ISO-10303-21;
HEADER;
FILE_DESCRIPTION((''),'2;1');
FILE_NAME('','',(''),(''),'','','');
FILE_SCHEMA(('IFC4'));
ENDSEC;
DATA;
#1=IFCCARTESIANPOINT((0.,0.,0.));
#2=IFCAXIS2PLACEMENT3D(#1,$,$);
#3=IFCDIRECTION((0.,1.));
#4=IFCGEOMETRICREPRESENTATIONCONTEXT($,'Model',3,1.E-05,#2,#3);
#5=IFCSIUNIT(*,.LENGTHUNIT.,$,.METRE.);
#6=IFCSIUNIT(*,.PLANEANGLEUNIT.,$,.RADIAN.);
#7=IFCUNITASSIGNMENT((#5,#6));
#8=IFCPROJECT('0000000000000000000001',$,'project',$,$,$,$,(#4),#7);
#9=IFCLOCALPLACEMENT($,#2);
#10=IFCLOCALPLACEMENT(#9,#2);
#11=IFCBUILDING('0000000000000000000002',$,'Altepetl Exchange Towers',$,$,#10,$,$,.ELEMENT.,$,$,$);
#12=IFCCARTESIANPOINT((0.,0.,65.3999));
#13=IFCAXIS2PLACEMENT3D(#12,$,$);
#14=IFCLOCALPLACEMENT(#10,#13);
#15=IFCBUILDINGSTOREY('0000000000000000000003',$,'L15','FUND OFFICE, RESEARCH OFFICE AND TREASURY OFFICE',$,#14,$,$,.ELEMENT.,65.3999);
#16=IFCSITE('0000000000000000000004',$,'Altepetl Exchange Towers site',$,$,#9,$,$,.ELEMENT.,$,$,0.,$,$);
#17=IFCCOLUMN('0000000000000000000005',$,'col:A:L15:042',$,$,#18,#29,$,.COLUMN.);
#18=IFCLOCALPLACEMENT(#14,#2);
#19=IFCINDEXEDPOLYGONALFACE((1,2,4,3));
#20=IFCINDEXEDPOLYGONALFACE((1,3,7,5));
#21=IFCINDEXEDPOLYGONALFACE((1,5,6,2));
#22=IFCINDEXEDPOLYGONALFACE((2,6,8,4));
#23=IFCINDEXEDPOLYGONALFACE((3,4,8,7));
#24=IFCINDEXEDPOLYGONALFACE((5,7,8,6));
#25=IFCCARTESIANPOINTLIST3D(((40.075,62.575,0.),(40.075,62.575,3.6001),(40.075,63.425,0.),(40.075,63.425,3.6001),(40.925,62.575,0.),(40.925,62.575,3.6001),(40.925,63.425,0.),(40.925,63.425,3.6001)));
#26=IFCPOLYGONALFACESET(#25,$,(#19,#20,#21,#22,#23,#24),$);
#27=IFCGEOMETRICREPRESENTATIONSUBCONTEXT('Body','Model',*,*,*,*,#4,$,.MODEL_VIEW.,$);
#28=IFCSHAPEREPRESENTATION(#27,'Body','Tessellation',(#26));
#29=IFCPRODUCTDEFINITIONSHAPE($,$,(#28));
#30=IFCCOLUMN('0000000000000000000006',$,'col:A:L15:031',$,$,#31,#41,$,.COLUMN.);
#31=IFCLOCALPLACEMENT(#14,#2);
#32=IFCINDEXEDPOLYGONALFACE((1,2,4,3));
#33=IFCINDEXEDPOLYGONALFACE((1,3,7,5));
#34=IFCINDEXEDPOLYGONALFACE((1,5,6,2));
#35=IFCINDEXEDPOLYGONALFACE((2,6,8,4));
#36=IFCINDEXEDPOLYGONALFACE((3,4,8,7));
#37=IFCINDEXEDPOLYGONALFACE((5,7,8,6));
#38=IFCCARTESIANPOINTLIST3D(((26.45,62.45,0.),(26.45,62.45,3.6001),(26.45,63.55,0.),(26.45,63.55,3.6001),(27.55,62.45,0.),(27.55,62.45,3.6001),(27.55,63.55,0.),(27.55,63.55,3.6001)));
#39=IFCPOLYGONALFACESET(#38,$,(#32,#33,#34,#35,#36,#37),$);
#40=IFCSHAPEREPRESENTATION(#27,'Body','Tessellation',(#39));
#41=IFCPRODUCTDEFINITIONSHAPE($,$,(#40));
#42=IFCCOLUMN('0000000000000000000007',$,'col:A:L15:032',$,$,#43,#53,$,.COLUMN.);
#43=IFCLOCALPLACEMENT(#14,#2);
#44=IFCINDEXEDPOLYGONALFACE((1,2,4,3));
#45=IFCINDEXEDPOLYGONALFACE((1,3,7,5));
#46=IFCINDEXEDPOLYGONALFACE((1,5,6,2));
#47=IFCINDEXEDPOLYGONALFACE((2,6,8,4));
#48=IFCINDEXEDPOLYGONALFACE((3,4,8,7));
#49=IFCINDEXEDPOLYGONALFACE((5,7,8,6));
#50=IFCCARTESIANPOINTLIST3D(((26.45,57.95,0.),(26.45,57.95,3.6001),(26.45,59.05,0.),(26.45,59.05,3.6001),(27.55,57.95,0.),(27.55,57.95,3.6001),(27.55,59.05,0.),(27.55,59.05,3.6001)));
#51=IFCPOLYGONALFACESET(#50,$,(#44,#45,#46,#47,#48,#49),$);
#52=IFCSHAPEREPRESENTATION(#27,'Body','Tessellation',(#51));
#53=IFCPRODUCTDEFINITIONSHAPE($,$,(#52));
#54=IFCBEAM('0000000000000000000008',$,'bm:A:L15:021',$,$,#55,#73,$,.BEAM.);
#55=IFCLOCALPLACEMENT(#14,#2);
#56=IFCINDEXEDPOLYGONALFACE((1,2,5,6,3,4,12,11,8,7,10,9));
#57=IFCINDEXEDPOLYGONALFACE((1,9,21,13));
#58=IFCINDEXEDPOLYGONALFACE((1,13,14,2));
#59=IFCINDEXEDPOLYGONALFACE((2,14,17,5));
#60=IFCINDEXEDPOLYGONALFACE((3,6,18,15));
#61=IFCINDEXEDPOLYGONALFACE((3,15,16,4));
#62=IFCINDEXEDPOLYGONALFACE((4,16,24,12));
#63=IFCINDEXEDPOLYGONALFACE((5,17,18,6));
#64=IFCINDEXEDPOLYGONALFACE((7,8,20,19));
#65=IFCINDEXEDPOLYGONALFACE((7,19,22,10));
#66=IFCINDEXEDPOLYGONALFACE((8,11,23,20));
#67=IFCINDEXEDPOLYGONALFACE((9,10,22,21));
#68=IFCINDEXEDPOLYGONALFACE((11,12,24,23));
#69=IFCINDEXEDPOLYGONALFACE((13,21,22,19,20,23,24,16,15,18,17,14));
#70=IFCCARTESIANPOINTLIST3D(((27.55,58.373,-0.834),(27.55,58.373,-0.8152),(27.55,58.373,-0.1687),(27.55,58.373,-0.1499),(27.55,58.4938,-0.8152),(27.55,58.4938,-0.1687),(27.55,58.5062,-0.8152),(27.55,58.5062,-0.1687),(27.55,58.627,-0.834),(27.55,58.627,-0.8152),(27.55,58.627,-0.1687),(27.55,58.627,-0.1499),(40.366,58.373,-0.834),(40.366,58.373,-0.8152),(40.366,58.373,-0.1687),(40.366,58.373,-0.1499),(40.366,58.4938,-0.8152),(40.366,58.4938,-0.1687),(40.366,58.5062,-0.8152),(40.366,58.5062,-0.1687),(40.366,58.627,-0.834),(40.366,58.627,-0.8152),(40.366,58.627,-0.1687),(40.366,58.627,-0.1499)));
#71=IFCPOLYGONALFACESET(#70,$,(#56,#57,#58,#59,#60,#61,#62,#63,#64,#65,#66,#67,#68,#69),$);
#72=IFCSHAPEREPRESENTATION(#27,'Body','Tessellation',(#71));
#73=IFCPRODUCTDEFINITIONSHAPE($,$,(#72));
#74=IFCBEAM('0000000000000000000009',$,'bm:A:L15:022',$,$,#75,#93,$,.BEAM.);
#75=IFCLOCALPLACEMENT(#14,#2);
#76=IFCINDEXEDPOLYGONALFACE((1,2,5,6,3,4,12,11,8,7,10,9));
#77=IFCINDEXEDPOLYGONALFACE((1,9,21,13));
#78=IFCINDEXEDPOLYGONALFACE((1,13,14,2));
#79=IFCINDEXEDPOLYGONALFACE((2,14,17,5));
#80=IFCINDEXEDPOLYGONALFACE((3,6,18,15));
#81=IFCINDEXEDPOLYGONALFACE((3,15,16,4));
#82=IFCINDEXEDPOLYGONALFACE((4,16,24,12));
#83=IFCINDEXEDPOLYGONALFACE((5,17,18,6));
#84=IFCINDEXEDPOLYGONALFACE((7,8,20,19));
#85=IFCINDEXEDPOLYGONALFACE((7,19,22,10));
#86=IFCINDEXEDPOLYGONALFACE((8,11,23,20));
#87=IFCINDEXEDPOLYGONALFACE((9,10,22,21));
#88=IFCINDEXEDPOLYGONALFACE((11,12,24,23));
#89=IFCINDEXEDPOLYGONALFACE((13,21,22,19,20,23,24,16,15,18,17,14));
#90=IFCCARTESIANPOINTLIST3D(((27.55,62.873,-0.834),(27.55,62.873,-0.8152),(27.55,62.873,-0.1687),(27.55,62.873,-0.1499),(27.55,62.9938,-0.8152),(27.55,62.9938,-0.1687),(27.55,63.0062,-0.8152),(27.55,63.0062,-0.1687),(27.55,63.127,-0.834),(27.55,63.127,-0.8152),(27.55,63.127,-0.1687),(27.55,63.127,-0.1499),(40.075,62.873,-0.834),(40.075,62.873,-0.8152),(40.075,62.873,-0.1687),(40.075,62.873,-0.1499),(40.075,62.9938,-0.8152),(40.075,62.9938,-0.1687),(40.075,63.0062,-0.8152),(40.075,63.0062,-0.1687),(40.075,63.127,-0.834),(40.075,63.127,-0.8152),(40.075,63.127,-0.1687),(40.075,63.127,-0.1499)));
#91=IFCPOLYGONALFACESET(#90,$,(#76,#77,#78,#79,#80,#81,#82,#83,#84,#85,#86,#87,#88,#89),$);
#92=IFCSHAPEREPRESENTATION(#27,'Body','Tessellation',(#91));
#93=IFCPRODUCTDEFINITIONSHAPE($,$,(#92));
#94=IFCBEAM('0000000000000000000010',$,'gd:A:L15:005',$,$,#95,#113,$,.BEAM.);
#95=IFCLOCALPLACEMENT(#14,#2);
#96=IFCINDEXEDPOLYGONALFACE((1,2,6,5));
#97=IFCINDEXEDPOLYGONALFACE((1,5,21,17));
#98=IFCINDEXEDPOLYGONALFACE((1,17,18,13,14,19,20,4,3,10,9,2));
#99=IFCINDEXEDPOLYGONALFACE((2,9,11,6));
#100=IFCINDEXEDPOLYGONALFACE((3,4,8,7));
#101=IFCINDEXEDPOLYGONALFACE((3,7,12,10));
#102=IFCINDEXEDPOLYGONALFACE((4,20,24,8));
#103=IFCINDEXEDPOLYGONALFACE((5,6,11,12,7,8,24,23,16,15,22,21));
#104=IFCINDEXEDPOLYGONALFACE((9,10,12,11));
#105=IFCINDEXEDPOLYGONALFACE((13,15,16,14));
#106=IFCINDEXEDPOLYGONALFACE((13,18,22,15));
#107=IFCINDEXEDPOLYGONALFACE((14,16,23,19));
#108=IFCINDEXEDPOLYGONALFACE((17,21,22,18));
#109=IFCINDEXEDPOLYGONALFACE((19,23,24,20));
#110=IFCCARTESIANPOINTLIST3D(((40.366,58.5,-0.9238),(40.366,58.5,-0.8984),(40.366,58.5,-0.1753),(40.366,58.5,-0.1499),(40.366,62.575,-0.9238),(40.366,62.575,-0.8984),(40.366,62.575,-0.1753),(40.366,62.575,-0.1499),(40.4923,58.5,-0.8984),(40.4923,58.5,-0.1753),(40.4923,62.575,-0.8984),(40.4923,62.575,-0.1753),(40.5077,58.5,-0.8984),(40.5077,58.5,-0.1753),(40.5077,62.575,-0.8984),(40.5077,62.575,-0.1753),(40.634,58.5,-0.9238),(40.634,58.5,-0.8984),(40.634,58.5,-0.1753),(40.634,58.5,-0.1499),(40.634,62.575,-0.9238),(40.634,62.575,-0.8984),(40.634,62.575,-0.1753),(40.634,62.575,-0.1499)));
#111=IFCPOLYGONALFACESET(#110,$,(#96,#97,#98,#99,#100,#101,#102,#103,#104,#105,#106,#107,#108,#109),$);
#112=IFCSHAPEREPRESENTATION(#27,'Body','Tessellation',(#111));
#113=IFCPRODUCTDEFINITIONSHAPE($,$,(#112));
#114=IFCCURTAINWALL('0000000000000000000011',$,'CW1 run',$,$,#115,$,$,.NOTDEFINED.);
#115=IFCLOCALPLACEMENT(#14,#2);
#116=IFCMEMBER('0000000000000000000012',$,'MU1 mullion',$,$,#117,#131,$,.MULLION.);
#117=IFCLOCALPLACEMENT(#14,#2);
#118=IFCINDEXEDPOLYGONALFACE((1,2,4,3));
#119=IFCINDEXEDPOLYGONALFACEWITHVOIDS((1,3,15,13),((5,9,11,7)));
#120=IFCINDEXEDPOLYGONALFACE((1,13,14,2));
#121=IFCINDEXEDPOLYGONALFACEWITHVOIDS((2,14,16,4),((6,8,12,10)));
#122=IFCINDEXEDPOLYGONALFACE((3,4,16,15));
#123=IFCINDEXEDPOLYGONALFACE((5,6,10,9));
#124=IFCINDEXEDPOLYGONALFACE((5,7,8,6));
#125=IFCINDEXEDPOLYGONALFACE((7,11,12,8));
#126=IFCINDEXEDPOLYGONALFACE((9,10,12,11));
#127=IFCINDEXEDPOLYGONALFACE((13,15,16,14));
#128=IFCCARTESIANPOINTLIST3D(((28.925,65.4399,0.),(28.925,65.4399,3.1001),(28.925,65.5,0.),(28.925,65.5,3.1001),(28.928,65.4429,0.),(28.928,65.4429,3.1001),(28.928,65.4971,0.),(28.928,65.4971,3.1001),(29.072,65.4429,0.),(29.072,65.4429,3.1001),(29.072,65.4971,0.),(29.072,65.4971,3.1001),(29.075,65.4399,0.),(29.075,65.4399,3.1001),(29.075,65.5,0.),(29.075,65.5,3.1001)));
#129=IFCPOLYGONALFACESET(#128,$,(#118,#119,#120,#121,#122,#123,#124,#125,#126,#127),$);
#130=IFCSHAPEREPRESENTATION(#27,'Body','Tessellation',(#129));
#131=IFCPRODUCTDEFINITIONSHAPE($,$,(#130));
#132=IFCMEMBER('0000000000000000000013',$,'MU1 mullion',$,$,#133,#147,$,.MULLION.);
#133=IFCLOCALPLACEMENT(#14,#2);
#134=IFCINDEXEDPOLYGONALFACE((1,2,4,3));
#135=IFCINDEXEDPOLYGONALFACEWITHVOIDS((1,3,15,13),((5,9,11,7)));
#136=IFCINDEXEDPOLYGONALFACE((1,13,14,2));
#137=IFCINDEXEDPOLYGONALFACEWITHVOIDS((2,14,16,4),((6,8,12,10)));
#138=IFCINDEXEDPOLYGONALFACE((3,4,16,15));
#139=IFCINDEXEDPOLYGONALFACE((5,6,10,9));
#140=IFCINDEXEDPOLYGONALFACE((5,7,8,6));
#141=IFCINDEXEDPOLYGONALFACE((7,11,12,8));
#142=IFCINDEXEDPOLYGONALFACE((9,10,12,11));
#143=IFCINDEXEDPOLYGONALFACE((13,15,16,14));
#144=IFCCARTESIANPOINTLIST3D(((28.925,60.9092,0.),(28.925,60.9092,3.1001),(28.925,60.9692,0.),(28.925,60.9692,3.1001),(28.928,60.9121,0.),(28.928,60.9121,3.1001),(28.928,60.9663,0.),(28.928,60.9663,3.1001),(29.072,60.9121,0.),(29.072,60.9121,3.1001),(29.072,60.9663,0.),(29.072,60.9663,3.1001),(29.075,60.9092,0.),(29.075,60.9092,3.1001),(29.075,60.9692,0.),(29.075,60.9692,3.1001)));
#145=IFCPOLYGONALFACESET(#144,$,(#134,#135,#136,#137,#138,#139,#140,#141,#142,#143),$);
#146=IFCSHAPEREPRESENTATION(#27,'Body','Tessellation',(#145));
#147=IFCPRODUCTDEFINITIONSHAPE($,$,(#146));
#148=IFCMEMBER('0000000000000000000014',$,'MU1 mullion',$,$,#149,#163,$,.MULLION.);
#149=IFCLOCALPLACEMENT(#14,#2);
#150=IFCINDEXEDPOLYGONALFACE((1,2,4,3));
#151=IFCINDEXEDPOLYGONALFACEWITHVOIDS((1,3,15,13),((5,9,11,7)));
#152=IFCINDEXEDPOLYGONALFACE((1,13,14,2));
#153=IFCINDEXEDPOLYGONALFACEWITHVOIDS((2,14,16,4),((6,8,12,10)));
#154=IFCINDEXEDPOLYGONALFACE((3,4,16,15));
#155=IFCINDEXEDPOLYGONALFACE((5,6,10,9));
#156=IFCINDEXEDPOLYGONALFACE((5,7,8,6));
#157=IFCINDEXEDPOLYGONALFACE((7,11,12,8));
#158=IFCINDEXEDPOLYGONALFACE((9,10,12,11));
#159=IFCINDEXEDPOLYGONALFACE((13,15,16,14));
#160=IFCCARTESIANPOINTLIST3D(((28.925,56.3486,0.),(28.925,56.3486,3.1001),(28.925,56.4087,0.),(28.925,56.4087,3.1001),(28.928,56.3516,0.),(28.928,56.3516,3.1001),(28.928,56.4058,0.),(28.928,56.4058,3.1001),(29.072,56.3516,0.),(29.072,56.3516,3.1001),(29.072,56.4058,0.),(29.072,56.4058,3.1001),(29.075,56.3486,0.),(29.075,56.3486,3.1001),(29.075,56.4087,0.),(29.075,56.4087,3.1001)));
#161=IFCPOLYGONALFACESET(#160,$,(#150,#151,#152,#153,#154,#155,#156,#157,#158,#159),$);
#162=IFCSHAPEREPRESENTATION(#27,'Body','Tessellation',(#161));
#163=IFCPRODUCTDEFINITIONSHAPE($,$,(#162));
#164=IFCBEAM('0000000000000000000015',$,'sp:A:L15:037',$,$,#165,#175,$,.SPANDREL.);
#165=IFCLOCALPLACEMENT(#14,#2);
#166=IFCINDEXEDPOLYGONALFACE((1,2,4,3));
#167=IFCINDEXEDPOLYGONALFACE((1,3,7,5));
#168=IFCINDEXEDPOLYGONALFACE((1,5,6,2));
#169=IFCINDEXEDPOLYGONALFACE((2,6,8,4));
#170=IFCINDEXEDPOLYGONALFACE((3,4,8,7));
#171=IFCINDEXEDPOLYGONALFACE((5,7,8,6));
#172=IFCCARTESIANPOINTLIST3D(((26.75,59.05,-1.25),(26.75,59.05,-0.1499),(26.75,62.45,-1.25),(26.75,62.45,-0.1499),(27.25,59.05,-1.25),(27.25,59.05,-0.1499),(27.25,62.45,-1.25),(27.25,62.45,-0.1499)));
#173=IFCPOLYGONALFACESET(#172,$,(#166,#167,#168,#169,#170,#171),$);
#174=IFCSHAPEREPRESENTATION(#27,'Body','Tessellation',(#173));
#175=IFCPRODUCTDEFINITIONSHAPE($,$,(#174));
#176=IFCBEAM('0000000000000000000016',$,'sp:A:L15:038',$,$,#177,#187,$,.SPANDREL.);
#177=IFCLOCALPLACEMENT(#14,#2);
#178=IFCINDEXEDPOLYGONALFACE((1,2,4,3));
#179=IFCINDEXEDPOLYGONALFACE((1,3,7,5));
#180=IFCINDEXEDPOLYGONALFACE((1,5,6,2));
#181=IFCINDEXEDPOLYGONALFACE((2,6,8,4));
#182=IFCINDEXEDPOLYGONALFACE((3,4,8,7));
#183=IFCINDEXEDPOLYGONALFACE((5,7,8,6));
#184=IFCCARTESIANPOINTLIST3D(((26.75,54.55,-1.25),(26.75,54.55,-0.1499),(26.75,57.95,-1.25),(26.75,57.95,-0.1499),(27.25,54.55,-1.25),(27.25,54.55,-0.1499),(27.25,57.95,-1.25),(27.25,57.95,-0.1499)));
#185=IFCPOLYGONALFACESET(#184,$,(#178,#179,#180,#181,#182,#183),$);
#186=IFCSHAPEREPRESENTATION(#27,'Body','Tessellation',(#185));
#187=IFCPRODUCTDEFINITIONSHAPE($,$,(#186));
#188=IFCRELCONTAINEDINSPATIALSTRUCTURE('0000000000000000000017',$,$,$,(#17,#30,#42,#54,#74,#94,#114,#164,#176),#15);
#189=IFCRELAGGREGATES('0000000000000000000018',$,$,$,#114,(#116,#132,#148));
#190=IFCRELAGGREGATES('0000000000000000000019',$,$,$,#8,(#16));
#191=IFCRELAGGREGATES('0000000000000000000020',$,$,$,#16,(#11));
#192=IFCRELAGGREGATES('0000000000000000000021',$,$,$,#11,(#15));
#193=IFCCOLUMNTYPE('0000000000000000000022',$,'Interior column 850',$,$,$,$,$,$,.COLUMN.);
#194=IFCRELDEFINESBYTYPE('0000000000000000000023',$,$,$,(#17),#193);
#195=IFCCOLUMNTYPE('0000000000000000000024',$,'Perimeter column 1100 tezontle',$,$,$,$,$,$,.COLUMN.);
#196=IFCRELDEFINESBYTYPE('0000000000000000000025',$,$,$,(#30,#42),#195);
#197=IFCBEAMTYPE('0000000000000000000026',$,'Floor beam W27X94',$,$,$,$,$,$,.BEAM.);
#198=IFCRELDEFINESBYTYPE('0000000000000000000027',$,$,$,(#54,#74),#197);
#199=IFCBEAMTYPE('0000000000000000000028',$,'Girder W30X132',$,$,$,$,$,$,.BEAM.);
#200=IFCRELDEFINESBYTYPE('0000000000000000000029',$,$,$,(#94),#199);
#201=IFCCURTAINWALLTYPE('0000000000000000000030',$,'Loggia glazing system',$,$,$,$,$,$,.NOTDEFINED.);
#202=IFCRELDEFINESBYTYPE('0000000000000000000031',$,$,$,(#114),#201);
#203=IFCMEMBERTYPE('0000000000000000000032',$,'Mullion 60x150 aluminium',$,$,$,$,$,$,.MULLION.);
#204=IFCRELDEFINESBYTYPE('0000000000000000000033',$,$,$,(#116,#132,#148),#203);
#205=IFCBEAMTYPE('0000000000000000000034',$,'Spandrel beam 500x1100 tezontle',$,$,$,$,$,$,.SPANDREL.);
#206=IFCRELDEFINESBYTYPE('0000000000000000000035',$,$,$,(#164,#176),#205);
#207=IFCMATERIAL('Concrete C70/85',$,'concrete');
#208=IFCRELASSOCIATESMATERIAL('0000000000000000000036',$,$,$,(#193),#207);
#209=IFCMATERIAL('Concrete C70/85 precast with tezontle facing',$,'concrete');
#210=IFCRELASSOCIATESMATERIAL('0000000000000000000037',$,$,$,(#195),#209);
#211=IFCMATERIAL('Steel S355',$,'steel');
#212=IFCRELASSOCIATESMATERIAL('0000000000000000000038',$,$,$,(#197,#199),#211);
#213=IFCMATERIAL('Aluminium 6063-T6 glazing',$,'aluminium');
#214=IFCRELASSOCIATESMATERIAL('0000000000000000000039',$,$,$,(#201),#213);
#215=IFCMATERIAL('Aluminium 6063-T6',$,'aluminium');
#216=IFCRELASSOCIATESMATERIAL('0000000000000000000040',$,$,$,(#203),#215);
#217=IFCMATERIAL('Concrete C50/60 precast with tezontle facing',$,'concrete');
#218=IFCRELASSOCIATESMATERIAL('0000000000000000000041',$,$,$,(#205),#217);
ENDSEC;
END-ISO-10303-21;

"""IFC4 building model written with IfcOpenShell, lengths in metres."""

from ifc_helpers import new_model, si_unit, direction, frame, origin, origin_2d, place, context, subcontext, project, spatial, rectangle, hollow_rectangle, i_section, extrude, material, material_profile, profile_set, type_object, element, aggregate, save


model = new_model("IFC4")

# Units and contexts
model_context = context("Model", 3, precision=1e-05, world=origin(), true_north=direction((0.0, 1.0)))
body_context = subcontext(model_context, "Body", "Model", "MODEL_VIEW")
ifc_project = project(units=[si_unit("LENGTHUNIT", "METRE"), si_unit("PLANEANGLEUNIT", "RADIAN")], contexts=[model_context])

# Site, building, storey
site_placement = place(None, origin())
site = spatial("IfcSite", under=ifc_project, at=site_placement, Name="Altepetl Exchange Towers site", CompositionType="ELEMENT", RefElevation=0.0)
building_placement = place(site_placement, origin())
building = spatial("IfcBuilding", under=site, at=building_placement, Name="Altepetl Exchange Towers", CompositionType="ELEMENT")
storey_placement = place(building_placement, frame((0.0, 0.0, 65.3999)))
storey = spatial("IfcBuildingStorey", under=building, at=storey_placement, Name="L15", Description="FUND OFFICE, RESEARCH OFFICE AND TREASURY OFFICE", CompositionType="ELEMENT", Elevation=65.3999)

# Columns
ifc_material_1 = material(Name="Concrete C70/85", Category="concrete")
ifc_material_profile_1 = material_profile(ifc_material_1, rectangle(XDim=0.8501, YDim=0.8501, at=origin_2d()), Name="850 x 850")
ifc_profile_set_1 = profile_set([ifc_material_profile_1], Name="Concrete C70/85")
column_type_1 = type_object("IfcColumnType", Name="Interior column 850", PredefinedType="COLUMN", material=ifc_profile_set_1)
column_placement = place(storey_placement, frame((40.5, 63.0, 0.0)))
element("IfcColumn", 1, at=column_placement, inside=storey, type_object=column_type_1, Name="col:A:L15:042", PredefinedType="COLUMN", context=body_context, shape_type="SweptSolid", body=[
    extrude(rectangle(XDim=0.8501, YDim=0.8501, at=origin_2d()), origin(), (0.0, 0.0, 1.0), 3.6001),
])
ifc_material_2 = material(Name="Concrete C70/85 precast with tezontle facing", Category="concrete")
ifc_material_profile_2 = material_profile(ifc_material_2, rectangle(XDim=1.1001, YDim=1.1001, at=origin_2d()), Name="1100 x 1100")
ifc_profile_set_2 = profile_set([ifc_material_profile_2], Name="Concrete C70/85 precast with tezontle facing")
column_type_2 = type_object("IfcColumnType", Name="Perimeter column 1100 tezontle", PredefinedType="COLUMN", material=ifc_profile_set_2)
for number, where, name in (
    (2, (27.0, 63.0, 0.0), "col:A:L15:031"),
    (3, (27.0, 58.5, 0.0), "col:A:L15:032"),
):
    element("IfcColumn", number, at=place(storey_placement, frame(where)), inside=storey, type_object=column_type_2, Name=name, PredefinedType="COLUMN", context=body_context, shape_type="SweptSolid", body=[
        extrude(rectangle(XDim=1.1001, YDim=1.1001, at=origin_2d()), origin(), (0.0, 0.0, 1.0), 3.6001),
    ])

# Beams
ifc_material_3 = material(Name="Steel S355", Category="steel")
ifc_material_profile_3 = material_profile(ifc_material_3, i_section(OverallWidth=0.2539, OverallDepth=0.6841, WebThickness=0.0125, FlangeThickness=0.0188, at=origin_2d()), Name="W27X94")
ifc_profile_set_3 = profile_set([ifc_material_profile_3], Name="Steel S355")
beam_type_1 = type_object("IfcBeamType", Name="Floor beam W27X94", PredefinedType="BEAM", material=ifc_profile_set_3)
beam_1_placement = place(storey_placement, frame((27.55, 58.5, -0.4919), z_axis=(1.0, 0.0, 0.0), x_axis=(0.0, 1.0, 0.0)))
element("IfcBeam", 4, at=beam_1_placement, inside=storey, type_object=beam_type_1, Name="bm:A:L15:021", PredefinedType="BEAM", context=body_context, shape_type="SweptSolid", body=[
    extrude(i_section(OverallWidth=0.2539, OverallDepth=0.6841, WebThickness=0.0125, FlangeThickness=0.0188, at=origin_2d()), origin(), (0.0, 0.0, 1.0), 12.8159),
])
beam_2_placement = place(storey_placement, frame((27.55, 63.0, -0.4919), z_axis=(1.0, 0.0, 0.0), x_axis=(0.0, 1.0, 0.0)))
element("IfcBeam", 5, at=beam_2_placement, inside=storey, type_object=beam_type_1, Name="bm:A:L15:022", PredefinedType="BEAM", context=body_context, shape_type="SweptSolid", body=[
    extrude(i_section(OverallWidth=0.2539, OverallDepth=0.6841, WebThickness=0.0125, FlangeThickness=0.0188, at=origin_2d()), origin(), (0.0, 0.0, 1.0), 12.5249),
])
ifc_material_profile_4 = material_profile(ifc_material_3, i_section(OverallWidth=0.2681, OverallDepth=0.7739, WebThickness=0.0154, FlangeThickness=0.0254, at=origin_2d()), Name="W30X132")
ifc_profile_set_4 = profile_set([ifc_material_profile_4], Name="Steel S355")
beam_type_2 = type_object("IfcBeamType", Name="Girder W30X132", PredefinedType="BEAM", material=ifc_profile_set_4)
beam_3_placement = place(storey_placement, frame((40.5, 62.575, -0.5369), z_axis=(0.0, -1.0, 0.0), x_axis=(1.0, 0.0, 0.0)))
element("IfcBeam", 6, at=beam_3_placement, inside=storey, type_object=beam_type_2, Name="gd:A:L15:005", PredefinedType="BEAM", context=body_context, shape_type="SweptSolid", body=[
    extrude(i_section(OverallWidth=0.2681, OverallDepth=0.7739, WebThickness=0.0154, FlangeThickness=0.0254, at=origin_2d()), origin(), (0.0, 0.0, 1.0), 4.075),
])

# Curtain wall, members
ifc_material_4 = material(Name="Aluminium 6063-T6 glazing", Category="aluminium")
curtain_wall_type = type_object("IfcCurtainWallType", Name="Loggia glazing system", PredefinedType="NOTDEFINED", material=ifc_material_4)
curtain_wall_placement = place(storey_placement, origin())
curtain_wall = element("IfcCurtainWall", 7, at=curtain_wall_placement, inside=storey, type_object=curtain_wall_type, Name="CW1 run", PredefinedType="NOTDEFINED")
ifc_material_5 = material(Name="Aluminium 6063-T6", Category="aluminium")
ifc_material_profile_5 = material_profile(ifc_material_5, hollow_rectangle(XDim=0.0601, YDim=0.1499, WallThickness=0.0029, at=origin_2d()), Name="Mullion 60x150 aluminium")
ifc_profile_set_5 = profile_set([ifc_material_profile_5], Name="Aluminium 6063-T6")
member_type = type_object("IfcMemberType", Name="Mullion 60x150 aluminium", PredefinedType="MULLION", material=ifc_profile_set_5)
member_1_placement = place(storey_placement, frame((29.0, 65.47, 0.0), z_axis=(0.0, 0.0, 1.0), x_axis=(0.0, -1.0, 0.0)))
member_1 = element("IfcMember", 8, at=member_1_placement, type_object=member_type, Name="MU1 mullion", PredefinedType="MULLION", context=body_context, shape_type="SweptSolid", body=[
    extrude(hollow_rectangle(XDim=0.0601, YDim=0.1499, WallThickness=0.0029, at=origin_2d()), origin(), (0.0, 0.0, 1.0), 3.1001),
])
member_2_placement = place(storey_placement, frame((29.0, 60.9392, 0.0), z_axis=(0.0, 0.0, 1.0), x_axis=(0.0, -1.0, 0.0)))
member_2 = element("IfcMember", 9, at=member_2_placement, type_object=member_type, Name="MU1 mullion", PredefinedType="MULLION", context=body_context, shape_type="SweptSolid", body=[
    extrude(hollow_rectangle(XDim=0.0601, YDim=0.1499, WallThickness=0.0029, at=origin_2d()), origin(), (0.0, 0.0, 1.0), 3.1001),
])
member_3_placement = place(storey_placement, frame((29.0, 56.3787, 0.0), z_axis=(0.0, 0.0, 1.0), x_axis=(0.0, -1.0, 0.0)))
member_3 = element("IfcMember", 10, at=member_3_placement, type_object=member_type, Name="MU1 mullion", PredefinedType="MULLION", context=body_context, shape_type="SweptSolid", body=[
    extrude(hollow_rectangle(XDim=0.0601, YDim=0.1499, WallThickness=0.0029, at=origin_2d()), origin(), (0.0, 0.0, 1.0), 3.1001),
])

# Beams
ifc_material_6 = material(Name="Concrete C50/60 precast with tezontle facing", Category="concrete")
ifc_material_profile_6 = material_profile(ifc_material_6, rectangle(XDim=0.5, YDim=1.1001, at=origin_2d()), Name="500 x 1100")
ifc_profile_set_6 = profile_set([ifc_material_profile_6], Name="Concrete C50/60 precast with tezontle facing")
beam_type_3 = type_object("IfcBeamType", Name="Spandrel beam 500x1100 tezontle", PredefinedType="SPANDREL", material=ifc_profile_set_6)
for number, where, z_axis, x_axis, name in (
    (11, (27.0, 62.45, -0.7), (0.0, -1.0, 0.0), (1.0, 0.0, 0.0), "sp:A:L15:037"),
    (12, (27.0, 57.95, -0.7), (0.0, -1.0, 0.0), (1.0, 0.0, 0.0), "sp:A:L15:038"),
):
    element("IfcBeam", number, at=place(storey_placement, frame(where, z_axis=z_axis, x_axis=x_axis)), inside=storey, type_object=beam_type_3, Name=name, PredefinedType="SPANDREL", context=body_context, shape_type="SweptSolid", body=[
        extrude(rectangle(XDim=0.5, YDim=1.1001, at=origin_2d()), origin(), (0.0, 0.0, 1.0), 3.3999),
    ])

aggregate(curtain_wall, [member_1, member_2, member_3])

save(model, "model.ifc")
